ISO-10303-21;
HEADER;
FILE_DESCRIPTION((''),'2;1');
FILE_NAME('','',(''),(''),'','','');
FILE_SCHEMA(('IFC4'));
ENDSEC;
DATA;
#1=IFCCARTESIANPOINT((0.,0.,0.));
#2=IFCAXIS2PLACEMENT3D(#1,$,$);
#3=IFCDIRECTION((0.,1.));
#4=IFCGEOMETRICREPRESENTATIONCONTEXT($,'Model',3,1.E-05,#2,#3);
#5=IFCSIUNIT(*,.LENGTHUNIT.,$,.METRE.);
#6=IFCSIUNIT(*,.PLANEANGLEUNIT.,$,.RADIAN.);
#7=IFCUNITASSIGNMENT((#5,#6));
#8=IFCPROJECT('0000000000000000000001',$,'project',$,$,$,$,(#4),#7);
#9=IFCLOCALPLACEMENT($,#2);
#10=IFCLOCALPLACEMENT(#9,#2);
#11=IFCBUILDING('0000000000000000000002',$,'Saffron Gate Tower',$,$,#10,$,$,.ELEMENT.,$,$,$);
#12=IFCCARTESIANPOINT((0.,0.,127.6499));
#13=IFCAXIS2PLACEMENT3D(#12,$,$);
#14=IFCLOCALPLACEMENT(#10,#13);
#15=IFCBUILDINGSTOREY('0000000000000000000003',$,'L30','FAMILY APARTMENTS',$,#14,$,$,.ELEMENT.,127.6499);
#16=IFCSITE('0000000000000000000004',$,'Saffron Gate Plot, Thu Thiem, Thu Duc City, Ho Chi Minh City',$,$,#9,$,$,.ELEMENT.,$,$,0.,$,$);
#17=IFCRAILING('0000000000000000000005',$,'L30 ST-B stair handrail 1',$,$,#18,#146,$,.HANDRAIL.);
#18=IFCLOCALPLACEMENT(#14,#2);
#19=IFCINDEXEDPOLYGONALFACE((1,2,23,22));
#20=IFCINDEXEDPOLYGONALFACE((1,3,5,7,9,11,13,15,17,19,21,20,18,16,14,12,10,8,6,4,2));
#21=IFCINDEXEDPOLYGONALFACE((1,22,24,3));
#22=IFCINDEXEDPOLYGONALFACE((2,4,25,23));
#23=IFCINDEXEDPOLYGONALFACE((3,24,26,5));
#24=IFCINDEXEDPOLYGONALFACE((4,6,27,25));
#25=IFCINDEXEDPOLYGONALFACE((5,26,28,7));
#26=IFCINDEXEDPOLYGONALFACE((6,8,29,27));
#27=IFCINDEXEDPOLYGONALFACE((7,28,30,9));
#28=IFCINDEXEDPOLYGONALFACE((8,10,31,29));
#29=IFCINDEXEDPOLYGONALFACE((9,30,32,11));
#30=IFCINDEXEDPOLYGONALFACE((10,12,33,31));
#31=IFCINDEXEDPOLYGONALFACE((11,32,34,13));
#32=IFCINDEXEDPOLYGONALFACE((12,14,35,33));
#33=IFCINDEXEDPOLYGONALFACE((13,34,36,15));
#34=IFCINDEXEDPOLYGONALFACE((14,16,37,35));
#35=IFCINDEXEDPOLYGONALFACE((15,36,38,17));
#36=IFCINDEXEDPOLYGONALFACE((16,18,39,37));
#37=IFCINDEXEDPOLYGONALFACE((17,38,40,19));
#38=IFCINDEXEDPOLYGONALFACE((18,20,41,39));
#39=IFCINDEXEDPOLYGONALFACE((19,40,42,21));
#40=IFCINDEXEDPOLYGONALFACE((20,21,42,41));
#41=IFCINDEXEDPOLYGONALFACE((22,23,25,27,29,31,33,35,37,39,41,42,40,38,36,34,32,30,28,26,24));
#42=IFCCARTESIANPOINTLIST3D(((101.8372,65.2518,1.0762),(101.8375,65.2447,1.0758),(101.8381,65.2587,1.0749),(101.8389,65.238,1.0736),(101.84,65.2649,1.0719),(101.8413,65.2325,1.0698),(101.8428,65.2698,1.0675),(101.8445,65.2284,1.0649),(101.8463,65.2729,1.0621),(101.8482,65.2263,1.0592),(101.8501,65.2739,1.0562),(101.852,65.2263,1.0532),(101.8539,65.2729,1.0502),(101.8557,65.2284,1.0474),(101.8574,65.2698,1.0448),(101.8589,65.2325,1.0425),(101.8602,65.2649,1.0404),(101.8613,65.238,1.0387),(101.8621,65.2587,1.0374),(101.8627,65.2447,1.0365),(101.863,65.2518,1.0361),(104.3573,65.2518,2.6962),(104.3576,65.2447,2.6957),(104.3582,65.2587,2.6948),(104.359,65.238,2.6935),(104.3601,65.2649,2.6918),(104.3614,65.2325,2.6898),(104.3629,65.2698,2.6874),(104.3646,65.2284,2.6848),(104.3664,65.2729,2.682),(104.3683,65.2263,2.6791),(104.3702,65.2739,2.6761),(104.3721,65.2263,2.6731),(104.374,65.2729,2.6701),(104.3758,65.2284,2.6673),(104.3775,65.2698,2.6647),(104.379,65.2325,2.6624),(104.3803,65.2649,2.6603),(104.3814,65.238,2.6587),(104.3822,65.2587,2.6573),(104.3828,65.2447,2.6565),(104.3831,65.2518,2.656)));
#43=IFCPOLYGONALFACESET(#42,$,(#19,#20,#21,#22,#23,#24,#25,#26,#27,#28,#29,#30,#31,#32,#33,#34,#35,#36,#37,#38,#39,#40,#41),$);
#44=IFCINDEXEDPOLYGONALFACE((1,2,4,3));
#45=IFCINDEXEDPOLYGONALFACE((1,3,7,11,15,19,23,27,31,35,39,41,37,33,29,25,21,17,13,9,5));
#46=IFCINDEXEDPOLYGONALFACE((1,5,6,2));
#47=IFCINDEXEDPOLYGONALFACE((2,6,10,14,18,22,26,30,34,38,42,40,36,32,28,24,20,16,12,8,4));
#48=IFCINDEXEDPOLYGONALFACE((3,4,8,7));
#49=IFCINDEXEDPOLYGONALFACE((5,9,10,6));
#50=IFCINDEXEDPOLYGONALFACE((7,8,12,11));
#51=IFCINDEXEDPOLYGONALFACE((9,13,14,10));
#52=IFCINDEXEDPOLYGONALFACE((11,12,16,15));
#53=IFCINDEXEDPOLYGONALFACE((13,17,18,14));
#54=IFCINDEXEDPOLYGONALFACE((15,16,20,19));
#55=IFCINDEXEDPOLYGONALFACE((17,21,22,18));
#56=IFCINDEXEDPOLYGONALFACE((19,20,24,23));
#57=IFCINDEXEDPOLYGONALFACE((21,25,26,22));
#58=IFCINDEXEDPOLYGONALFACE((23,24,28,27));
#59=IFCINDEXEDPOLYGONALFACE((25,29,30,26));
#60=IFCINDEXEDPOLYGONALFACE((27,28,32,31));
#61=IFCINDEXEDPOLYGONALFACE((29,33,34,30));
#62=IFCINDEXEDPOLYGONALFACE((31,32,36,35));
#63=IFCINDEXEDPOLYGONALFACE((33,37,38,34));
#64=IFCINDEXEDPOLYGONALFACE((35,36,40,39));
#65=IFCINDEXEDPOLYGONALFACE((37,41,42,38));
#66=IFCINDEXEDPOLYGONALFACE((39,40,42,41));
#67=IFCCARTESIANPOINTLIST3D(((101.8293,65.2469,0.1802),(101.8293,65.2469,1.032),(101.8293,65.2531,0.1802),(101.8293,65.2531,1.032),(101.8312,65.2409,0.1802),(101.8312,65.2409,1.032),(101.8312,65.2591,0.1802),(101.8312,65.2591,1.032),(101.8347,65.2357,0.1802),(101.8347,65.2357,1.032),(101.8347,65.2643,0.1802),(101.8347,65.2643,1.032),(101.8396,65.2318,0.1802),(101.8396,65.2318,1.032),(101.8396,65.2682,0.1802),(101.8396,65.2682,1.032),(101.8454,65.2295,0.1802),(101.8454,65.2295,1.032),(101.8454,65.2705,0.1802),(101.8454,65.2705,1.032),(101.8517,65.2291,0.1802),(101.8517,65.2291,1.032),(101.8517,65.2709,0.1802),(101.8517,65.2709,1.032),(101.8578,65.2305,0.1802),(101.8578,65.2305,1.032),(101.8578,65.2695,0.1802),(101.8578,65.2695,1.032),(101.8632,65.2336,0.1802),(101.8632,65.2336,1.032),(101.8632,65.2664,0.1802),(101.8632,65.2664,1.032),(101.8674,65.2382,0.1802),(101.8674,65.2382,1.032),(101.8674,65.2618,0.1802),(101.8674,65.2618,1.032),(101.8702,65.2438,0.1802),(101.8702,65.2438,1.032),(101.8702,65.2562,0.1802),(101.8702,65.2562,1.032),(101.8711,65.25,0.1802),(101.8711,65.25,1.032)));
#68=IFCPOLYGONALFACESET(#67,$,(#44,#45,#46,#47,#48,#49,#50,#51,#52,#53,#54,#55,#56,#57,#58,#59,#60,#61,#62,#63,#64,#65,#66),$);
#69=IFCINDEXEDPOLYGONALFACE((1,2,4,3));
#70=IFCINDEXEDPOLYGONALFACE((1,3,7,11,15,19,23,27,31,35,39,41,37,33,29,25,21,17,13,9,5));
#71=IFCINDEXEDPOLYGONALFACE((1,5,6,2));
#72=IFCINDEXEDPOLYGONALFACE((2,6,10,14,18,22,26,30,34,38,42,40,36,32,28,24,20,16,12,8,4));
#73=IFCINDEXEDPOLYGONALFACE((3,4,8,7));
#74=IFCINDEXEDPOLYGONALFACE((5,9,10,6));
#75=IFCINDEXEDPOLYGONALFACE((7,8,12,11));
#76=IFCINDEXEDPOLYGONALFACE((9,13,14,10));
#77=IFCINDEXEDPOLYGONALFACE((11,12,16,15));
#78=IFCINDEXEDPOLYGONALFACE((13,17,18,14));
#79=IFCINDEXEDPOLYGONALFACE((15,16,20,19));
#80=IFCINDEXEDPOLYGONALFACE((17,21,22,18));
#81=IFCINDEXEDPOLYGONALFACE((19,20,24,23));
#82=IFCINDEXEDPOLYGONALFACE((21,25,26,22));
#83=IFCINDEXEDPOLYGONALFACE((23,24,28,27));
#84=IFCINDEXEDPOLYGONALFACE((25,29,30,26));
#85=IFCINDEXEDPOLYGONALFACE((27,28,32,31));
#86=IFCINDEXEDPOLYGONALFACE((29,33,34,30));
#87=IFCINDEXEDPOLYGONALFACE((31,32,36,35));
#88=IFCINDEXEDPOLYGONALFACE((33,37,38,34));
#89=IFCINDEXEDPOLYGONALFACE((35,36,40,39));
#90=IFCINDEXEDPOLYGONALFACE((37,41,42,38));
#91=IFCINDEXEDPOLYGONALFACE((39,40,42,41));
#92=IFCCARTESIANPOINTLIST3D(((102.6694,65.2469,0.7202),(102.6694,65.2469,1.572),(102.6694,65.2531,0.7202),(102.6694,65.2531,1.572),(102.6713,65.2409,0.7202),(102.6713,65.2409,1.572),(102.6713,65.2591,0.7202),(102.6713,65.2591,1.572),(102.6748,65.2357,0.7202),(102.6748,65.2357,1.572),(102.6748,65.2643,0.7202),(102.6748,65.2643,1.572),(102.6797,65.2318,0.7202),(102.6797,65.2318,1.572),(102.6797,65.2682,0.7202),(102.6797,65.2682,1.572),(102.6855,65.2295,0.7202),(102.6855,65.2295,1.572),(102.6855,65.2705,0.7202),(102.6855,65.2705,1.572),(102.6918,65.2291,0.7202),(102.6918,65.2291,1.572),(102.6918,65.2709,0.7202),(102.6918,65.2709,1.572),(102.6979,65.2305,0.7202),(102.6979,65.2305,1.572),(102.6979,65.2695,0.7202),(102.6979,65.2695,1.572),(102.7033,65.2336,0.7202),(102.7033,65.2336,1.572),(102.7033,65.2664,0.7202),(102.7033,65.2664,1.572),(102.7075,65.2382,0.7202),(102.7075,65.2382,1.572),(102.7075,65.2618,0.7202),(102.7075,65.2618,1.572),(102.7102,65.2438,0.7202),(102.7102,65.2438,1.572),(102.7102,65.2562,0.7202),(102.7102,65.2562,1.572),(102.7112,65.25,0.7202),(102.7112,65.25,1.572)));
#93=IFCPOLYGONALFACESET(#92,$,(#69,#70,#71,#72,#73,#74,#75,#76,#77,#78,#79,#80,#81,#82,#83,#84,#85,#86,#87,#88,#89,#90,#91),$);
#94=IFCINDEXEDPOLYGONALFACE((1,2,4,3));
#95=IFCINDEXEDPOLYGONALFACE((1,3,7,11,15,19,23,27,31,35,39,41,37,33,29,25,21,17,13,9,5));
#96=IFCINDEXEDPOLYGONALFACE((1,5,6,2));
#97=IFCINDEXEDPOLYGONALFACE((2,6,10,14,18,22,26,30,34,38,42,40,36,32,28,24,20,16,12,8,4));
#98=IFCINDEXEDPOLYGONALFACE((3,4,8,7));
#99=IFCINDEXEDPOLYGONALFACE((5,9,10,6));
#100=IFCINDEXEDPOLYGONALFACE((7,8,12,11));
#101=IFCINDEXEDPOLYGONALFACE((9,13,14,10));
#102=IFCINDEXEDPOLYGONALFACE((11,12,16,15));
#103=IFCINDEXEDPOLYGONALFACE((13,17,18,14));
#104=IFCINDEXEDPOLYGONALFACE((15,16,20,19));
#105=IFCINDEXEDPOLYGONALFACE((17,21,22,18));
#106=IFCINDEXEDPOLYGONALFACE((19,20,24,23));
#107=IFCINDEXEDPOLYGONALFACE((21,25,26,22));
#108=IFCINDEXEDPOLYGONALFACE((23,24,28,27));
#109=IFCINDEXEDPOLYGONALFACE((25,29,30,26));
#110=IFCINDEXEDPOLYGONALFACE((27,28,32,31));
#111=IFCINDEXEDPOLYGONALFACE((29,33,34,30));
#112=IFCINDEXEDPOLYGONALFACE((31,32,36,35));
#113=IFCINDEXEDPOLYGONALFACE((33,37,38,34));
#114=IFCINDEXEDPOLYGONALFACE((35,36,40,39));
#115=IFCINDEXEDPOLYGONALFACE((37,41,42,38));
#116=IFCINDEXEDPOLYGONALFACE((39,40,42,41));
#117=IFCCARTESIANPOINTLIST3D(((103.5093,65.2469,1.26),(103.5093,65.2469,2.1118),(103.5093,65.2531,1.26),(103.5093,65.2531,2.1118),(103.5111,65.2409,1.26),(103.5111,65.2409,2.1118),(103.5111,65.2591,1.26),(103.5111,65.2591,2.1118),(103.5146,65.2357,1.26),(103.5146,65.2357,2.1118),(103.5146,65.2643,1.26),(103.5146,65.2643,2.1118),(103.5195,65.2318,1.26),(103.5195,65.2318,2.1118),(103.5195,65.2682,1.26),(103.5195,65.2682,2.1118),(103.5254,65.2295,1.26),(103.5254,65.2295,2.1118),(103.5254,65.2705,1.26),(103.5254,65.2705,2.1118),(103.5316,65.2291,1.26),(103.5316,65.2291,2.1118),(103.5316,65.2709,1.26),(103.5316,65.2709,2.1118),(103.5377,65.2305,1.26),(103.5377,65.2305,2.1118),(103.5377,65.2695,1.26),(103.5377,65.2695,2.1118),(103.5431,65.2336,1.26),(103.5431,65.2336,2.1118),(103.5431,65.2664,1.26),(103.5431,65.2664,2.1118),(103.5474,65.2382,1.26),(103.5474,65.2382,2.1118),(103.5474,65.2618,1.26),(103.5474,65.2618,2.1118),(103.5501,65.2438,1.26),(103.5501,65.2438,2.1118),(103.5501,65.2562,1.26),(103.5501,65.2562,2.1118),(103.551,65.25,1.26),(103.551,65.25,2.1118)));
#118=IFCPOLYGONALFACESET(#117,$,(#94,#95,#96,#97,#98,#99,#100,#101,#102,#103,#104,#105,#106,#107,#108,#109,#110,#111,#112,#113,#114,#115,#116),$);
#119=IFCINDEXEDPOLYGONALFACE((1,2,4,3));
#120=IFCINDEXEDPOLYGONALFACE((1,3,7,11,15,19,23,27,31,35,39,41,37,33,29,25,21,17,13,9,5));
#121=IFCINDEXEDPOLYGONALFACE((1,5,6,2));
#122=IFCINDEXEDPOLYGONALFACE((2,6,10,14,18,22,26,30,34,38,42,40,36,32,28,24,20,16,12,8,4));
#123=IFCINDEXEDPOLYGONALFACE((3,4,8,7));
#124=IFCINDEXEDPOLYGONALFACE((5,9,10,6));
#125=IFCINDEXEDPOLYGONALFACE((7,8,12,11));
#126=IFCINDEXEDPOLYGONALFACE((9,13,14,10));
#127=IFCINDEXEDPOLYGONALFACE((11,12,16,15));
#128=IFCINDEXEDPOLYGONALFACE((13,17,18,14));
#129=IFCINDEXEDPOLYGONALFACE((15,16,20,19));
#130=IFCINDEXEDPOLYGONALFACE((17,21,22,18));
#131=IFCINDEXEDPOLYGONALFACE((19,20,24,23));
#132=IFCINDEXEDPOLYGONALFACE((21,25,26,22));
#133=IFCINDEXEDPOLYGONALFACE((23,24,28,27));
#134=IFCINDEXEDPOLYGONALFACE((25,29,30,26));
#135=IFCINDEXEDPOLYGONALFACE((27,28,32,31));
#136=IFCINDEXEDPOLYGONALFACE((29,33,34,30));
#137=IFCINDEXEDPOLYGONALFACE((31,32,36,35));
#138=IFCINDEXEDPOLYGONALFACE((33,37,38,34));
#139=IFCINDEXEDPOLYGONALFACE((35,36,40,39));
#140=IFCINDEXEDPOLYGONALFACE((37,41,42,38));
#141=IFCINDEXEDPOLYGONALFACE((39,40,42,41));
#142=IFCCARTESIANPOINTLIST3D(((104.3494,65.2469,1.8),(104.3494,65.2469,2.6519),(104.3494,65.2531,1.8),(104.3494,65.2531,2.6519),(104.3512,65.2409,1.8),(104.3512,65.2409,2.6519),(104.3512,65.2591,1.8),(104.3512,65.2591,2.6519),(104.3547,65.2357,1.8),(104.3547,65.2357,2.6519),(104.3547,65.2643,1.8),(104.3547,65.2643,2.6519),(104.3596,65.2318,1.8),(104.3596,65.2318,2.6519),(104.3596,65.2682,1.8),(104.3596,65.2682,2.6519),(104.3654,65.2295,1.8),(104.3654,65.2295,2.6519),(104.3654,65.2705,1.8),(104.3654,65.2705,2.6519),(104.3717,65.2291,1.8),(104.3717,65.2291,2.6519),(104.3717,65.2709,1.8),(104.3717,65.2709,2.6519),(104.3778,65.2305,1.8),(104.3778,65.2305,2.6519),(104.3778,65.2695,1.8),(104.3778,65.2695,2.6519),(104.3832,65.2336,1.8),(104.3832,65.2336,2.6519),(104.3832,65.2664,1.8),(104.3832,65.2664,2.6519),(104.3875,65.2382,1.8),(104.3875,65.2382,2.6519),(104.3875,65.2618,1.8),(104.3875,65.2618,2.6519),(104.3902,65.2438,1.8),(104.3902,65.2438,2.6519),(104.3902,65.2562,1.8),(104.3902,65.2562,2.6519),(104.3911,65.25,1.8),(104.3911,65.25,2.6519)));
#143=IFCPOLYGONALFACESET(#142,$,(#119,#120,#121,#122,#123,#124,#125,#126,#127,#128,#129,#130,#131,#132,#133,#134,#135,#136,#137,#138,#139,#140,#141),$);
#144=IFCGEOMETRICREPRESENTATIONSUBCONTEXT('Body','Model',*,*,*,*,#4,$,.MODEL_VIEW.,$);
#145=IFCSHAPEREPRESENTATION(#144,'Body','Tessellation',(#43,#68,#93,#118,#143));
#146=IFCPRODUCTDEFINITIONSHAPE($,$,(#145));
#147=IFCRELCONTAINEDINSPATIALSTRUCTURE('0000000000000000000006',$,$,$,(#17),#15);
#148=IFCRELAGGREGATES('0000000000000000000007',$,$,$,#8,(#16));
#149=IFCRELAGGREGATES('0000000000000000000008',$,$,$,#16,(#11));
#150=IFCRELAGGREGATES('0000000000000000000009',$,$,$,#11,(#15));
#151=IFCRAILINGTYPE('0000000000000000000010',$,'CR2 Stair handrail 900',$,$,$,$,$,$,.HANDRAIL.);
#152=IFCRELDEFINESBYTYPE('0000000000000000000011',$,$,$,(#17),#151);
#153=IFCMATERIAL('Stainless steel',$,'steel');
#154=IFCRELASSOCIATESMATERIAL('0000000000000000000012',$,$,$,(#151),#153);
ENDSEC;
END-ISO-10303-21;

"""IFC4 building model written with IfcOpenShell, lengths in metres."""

from ifc_helpers import new_model, si_unit, direction, frame, origin, origin_2d, place, context, subcontext, project, spatial, circle, extrude, material, type_object, element, save


model = new_model("IFC4")

# Units and contexts
model_context = context("Model", 3, precision=1e-05, world=origin(), true_north=direction((0.0, 1.0)))
body_context = subcontext(model_context, "Body", "Model", "MODEL_VIEW")
ifc_project = project(units=[si_unit("LENGTHUNIT", "METRE"), si_unit("PLANEANGLEUNIT", "RADIAN")], contexts=[model_context])

# Site, building, storey
site_placement = place(None, origin())
site = spatial("IfcSite", under=ifc_project, at=site_placement, Name="Saffron Gate Plot, Thu Thiem, Thu Duc City, Ho Chi Minh City", CompositionType="ELEMENT", RefElevation=0.0)
building_placement = place(site_placement, origin())
building = spatial("IfcBuilding", under=site, at=building_placement, Name="Saffron Gate Tower", CompositionType="ELEMENT")
storey_placement = place(building_placement, frame((0.0, 0.0, 127.6499)))
storey = spatial("IfcBuildingStorey", under=building, at=storey_placement, Name="L30", Description="FAMILY APARTMENTS", CompositionType="ELEMENT", Elevation=127.6499)

# Railing
ifc_material_1 = material(Name="Stainless steel", Category="steel")
railing_type_1 = type_object("IfcRailingType", Name="CR2 Stair handrail 900", PredefinedType="HANDRAIL", material=ifc_material_1)
railing_1_placement = place(storey_placement, frame((101.8501, 65.25, 0.1802)))
element("IfcRailing", 1, at=railing_1_placement, inside=storey, type_object=railing_type_1, Name="L30 ST-B stair handrail 1", PredefinedType="HANDRAIL", context=body_context, shape_type="SweptSolid", body=[
    extrude(circle(Radius=0.0239, at=origin_2d()), frame((0.0, 0.0, 0.876), z_axis=(0.8412, 0.0, 0.540725), x_axis=(0.0, 1.0, 0.0)), (0.0, 0.0, 1.0), 2.9958),
    extrude(circle(Radius=0.021, at=origin_2d()), origin(), (0.0, 0.0, 1.0), 0.8518),
    extrude(circle(Radius=0.021, at=origin_2d()), frame((0.8401, 0.0, 0.54)), (0.0, 0.0, 1.0), 0.8518),
    extrude(circle(Radius=0.021, at=origin_2d()), frame((1.6799, 0.0, 1.0798)), (0.0, 0.0, 1.0), 0.8518),
    extrude(circle(Radius=0.021, at=origin_2d()), frame((2.52, 0.0, 1.6199)), (0.0, 0.0, 1.0), 0.8518),
])

save(model, "model.ifc")
